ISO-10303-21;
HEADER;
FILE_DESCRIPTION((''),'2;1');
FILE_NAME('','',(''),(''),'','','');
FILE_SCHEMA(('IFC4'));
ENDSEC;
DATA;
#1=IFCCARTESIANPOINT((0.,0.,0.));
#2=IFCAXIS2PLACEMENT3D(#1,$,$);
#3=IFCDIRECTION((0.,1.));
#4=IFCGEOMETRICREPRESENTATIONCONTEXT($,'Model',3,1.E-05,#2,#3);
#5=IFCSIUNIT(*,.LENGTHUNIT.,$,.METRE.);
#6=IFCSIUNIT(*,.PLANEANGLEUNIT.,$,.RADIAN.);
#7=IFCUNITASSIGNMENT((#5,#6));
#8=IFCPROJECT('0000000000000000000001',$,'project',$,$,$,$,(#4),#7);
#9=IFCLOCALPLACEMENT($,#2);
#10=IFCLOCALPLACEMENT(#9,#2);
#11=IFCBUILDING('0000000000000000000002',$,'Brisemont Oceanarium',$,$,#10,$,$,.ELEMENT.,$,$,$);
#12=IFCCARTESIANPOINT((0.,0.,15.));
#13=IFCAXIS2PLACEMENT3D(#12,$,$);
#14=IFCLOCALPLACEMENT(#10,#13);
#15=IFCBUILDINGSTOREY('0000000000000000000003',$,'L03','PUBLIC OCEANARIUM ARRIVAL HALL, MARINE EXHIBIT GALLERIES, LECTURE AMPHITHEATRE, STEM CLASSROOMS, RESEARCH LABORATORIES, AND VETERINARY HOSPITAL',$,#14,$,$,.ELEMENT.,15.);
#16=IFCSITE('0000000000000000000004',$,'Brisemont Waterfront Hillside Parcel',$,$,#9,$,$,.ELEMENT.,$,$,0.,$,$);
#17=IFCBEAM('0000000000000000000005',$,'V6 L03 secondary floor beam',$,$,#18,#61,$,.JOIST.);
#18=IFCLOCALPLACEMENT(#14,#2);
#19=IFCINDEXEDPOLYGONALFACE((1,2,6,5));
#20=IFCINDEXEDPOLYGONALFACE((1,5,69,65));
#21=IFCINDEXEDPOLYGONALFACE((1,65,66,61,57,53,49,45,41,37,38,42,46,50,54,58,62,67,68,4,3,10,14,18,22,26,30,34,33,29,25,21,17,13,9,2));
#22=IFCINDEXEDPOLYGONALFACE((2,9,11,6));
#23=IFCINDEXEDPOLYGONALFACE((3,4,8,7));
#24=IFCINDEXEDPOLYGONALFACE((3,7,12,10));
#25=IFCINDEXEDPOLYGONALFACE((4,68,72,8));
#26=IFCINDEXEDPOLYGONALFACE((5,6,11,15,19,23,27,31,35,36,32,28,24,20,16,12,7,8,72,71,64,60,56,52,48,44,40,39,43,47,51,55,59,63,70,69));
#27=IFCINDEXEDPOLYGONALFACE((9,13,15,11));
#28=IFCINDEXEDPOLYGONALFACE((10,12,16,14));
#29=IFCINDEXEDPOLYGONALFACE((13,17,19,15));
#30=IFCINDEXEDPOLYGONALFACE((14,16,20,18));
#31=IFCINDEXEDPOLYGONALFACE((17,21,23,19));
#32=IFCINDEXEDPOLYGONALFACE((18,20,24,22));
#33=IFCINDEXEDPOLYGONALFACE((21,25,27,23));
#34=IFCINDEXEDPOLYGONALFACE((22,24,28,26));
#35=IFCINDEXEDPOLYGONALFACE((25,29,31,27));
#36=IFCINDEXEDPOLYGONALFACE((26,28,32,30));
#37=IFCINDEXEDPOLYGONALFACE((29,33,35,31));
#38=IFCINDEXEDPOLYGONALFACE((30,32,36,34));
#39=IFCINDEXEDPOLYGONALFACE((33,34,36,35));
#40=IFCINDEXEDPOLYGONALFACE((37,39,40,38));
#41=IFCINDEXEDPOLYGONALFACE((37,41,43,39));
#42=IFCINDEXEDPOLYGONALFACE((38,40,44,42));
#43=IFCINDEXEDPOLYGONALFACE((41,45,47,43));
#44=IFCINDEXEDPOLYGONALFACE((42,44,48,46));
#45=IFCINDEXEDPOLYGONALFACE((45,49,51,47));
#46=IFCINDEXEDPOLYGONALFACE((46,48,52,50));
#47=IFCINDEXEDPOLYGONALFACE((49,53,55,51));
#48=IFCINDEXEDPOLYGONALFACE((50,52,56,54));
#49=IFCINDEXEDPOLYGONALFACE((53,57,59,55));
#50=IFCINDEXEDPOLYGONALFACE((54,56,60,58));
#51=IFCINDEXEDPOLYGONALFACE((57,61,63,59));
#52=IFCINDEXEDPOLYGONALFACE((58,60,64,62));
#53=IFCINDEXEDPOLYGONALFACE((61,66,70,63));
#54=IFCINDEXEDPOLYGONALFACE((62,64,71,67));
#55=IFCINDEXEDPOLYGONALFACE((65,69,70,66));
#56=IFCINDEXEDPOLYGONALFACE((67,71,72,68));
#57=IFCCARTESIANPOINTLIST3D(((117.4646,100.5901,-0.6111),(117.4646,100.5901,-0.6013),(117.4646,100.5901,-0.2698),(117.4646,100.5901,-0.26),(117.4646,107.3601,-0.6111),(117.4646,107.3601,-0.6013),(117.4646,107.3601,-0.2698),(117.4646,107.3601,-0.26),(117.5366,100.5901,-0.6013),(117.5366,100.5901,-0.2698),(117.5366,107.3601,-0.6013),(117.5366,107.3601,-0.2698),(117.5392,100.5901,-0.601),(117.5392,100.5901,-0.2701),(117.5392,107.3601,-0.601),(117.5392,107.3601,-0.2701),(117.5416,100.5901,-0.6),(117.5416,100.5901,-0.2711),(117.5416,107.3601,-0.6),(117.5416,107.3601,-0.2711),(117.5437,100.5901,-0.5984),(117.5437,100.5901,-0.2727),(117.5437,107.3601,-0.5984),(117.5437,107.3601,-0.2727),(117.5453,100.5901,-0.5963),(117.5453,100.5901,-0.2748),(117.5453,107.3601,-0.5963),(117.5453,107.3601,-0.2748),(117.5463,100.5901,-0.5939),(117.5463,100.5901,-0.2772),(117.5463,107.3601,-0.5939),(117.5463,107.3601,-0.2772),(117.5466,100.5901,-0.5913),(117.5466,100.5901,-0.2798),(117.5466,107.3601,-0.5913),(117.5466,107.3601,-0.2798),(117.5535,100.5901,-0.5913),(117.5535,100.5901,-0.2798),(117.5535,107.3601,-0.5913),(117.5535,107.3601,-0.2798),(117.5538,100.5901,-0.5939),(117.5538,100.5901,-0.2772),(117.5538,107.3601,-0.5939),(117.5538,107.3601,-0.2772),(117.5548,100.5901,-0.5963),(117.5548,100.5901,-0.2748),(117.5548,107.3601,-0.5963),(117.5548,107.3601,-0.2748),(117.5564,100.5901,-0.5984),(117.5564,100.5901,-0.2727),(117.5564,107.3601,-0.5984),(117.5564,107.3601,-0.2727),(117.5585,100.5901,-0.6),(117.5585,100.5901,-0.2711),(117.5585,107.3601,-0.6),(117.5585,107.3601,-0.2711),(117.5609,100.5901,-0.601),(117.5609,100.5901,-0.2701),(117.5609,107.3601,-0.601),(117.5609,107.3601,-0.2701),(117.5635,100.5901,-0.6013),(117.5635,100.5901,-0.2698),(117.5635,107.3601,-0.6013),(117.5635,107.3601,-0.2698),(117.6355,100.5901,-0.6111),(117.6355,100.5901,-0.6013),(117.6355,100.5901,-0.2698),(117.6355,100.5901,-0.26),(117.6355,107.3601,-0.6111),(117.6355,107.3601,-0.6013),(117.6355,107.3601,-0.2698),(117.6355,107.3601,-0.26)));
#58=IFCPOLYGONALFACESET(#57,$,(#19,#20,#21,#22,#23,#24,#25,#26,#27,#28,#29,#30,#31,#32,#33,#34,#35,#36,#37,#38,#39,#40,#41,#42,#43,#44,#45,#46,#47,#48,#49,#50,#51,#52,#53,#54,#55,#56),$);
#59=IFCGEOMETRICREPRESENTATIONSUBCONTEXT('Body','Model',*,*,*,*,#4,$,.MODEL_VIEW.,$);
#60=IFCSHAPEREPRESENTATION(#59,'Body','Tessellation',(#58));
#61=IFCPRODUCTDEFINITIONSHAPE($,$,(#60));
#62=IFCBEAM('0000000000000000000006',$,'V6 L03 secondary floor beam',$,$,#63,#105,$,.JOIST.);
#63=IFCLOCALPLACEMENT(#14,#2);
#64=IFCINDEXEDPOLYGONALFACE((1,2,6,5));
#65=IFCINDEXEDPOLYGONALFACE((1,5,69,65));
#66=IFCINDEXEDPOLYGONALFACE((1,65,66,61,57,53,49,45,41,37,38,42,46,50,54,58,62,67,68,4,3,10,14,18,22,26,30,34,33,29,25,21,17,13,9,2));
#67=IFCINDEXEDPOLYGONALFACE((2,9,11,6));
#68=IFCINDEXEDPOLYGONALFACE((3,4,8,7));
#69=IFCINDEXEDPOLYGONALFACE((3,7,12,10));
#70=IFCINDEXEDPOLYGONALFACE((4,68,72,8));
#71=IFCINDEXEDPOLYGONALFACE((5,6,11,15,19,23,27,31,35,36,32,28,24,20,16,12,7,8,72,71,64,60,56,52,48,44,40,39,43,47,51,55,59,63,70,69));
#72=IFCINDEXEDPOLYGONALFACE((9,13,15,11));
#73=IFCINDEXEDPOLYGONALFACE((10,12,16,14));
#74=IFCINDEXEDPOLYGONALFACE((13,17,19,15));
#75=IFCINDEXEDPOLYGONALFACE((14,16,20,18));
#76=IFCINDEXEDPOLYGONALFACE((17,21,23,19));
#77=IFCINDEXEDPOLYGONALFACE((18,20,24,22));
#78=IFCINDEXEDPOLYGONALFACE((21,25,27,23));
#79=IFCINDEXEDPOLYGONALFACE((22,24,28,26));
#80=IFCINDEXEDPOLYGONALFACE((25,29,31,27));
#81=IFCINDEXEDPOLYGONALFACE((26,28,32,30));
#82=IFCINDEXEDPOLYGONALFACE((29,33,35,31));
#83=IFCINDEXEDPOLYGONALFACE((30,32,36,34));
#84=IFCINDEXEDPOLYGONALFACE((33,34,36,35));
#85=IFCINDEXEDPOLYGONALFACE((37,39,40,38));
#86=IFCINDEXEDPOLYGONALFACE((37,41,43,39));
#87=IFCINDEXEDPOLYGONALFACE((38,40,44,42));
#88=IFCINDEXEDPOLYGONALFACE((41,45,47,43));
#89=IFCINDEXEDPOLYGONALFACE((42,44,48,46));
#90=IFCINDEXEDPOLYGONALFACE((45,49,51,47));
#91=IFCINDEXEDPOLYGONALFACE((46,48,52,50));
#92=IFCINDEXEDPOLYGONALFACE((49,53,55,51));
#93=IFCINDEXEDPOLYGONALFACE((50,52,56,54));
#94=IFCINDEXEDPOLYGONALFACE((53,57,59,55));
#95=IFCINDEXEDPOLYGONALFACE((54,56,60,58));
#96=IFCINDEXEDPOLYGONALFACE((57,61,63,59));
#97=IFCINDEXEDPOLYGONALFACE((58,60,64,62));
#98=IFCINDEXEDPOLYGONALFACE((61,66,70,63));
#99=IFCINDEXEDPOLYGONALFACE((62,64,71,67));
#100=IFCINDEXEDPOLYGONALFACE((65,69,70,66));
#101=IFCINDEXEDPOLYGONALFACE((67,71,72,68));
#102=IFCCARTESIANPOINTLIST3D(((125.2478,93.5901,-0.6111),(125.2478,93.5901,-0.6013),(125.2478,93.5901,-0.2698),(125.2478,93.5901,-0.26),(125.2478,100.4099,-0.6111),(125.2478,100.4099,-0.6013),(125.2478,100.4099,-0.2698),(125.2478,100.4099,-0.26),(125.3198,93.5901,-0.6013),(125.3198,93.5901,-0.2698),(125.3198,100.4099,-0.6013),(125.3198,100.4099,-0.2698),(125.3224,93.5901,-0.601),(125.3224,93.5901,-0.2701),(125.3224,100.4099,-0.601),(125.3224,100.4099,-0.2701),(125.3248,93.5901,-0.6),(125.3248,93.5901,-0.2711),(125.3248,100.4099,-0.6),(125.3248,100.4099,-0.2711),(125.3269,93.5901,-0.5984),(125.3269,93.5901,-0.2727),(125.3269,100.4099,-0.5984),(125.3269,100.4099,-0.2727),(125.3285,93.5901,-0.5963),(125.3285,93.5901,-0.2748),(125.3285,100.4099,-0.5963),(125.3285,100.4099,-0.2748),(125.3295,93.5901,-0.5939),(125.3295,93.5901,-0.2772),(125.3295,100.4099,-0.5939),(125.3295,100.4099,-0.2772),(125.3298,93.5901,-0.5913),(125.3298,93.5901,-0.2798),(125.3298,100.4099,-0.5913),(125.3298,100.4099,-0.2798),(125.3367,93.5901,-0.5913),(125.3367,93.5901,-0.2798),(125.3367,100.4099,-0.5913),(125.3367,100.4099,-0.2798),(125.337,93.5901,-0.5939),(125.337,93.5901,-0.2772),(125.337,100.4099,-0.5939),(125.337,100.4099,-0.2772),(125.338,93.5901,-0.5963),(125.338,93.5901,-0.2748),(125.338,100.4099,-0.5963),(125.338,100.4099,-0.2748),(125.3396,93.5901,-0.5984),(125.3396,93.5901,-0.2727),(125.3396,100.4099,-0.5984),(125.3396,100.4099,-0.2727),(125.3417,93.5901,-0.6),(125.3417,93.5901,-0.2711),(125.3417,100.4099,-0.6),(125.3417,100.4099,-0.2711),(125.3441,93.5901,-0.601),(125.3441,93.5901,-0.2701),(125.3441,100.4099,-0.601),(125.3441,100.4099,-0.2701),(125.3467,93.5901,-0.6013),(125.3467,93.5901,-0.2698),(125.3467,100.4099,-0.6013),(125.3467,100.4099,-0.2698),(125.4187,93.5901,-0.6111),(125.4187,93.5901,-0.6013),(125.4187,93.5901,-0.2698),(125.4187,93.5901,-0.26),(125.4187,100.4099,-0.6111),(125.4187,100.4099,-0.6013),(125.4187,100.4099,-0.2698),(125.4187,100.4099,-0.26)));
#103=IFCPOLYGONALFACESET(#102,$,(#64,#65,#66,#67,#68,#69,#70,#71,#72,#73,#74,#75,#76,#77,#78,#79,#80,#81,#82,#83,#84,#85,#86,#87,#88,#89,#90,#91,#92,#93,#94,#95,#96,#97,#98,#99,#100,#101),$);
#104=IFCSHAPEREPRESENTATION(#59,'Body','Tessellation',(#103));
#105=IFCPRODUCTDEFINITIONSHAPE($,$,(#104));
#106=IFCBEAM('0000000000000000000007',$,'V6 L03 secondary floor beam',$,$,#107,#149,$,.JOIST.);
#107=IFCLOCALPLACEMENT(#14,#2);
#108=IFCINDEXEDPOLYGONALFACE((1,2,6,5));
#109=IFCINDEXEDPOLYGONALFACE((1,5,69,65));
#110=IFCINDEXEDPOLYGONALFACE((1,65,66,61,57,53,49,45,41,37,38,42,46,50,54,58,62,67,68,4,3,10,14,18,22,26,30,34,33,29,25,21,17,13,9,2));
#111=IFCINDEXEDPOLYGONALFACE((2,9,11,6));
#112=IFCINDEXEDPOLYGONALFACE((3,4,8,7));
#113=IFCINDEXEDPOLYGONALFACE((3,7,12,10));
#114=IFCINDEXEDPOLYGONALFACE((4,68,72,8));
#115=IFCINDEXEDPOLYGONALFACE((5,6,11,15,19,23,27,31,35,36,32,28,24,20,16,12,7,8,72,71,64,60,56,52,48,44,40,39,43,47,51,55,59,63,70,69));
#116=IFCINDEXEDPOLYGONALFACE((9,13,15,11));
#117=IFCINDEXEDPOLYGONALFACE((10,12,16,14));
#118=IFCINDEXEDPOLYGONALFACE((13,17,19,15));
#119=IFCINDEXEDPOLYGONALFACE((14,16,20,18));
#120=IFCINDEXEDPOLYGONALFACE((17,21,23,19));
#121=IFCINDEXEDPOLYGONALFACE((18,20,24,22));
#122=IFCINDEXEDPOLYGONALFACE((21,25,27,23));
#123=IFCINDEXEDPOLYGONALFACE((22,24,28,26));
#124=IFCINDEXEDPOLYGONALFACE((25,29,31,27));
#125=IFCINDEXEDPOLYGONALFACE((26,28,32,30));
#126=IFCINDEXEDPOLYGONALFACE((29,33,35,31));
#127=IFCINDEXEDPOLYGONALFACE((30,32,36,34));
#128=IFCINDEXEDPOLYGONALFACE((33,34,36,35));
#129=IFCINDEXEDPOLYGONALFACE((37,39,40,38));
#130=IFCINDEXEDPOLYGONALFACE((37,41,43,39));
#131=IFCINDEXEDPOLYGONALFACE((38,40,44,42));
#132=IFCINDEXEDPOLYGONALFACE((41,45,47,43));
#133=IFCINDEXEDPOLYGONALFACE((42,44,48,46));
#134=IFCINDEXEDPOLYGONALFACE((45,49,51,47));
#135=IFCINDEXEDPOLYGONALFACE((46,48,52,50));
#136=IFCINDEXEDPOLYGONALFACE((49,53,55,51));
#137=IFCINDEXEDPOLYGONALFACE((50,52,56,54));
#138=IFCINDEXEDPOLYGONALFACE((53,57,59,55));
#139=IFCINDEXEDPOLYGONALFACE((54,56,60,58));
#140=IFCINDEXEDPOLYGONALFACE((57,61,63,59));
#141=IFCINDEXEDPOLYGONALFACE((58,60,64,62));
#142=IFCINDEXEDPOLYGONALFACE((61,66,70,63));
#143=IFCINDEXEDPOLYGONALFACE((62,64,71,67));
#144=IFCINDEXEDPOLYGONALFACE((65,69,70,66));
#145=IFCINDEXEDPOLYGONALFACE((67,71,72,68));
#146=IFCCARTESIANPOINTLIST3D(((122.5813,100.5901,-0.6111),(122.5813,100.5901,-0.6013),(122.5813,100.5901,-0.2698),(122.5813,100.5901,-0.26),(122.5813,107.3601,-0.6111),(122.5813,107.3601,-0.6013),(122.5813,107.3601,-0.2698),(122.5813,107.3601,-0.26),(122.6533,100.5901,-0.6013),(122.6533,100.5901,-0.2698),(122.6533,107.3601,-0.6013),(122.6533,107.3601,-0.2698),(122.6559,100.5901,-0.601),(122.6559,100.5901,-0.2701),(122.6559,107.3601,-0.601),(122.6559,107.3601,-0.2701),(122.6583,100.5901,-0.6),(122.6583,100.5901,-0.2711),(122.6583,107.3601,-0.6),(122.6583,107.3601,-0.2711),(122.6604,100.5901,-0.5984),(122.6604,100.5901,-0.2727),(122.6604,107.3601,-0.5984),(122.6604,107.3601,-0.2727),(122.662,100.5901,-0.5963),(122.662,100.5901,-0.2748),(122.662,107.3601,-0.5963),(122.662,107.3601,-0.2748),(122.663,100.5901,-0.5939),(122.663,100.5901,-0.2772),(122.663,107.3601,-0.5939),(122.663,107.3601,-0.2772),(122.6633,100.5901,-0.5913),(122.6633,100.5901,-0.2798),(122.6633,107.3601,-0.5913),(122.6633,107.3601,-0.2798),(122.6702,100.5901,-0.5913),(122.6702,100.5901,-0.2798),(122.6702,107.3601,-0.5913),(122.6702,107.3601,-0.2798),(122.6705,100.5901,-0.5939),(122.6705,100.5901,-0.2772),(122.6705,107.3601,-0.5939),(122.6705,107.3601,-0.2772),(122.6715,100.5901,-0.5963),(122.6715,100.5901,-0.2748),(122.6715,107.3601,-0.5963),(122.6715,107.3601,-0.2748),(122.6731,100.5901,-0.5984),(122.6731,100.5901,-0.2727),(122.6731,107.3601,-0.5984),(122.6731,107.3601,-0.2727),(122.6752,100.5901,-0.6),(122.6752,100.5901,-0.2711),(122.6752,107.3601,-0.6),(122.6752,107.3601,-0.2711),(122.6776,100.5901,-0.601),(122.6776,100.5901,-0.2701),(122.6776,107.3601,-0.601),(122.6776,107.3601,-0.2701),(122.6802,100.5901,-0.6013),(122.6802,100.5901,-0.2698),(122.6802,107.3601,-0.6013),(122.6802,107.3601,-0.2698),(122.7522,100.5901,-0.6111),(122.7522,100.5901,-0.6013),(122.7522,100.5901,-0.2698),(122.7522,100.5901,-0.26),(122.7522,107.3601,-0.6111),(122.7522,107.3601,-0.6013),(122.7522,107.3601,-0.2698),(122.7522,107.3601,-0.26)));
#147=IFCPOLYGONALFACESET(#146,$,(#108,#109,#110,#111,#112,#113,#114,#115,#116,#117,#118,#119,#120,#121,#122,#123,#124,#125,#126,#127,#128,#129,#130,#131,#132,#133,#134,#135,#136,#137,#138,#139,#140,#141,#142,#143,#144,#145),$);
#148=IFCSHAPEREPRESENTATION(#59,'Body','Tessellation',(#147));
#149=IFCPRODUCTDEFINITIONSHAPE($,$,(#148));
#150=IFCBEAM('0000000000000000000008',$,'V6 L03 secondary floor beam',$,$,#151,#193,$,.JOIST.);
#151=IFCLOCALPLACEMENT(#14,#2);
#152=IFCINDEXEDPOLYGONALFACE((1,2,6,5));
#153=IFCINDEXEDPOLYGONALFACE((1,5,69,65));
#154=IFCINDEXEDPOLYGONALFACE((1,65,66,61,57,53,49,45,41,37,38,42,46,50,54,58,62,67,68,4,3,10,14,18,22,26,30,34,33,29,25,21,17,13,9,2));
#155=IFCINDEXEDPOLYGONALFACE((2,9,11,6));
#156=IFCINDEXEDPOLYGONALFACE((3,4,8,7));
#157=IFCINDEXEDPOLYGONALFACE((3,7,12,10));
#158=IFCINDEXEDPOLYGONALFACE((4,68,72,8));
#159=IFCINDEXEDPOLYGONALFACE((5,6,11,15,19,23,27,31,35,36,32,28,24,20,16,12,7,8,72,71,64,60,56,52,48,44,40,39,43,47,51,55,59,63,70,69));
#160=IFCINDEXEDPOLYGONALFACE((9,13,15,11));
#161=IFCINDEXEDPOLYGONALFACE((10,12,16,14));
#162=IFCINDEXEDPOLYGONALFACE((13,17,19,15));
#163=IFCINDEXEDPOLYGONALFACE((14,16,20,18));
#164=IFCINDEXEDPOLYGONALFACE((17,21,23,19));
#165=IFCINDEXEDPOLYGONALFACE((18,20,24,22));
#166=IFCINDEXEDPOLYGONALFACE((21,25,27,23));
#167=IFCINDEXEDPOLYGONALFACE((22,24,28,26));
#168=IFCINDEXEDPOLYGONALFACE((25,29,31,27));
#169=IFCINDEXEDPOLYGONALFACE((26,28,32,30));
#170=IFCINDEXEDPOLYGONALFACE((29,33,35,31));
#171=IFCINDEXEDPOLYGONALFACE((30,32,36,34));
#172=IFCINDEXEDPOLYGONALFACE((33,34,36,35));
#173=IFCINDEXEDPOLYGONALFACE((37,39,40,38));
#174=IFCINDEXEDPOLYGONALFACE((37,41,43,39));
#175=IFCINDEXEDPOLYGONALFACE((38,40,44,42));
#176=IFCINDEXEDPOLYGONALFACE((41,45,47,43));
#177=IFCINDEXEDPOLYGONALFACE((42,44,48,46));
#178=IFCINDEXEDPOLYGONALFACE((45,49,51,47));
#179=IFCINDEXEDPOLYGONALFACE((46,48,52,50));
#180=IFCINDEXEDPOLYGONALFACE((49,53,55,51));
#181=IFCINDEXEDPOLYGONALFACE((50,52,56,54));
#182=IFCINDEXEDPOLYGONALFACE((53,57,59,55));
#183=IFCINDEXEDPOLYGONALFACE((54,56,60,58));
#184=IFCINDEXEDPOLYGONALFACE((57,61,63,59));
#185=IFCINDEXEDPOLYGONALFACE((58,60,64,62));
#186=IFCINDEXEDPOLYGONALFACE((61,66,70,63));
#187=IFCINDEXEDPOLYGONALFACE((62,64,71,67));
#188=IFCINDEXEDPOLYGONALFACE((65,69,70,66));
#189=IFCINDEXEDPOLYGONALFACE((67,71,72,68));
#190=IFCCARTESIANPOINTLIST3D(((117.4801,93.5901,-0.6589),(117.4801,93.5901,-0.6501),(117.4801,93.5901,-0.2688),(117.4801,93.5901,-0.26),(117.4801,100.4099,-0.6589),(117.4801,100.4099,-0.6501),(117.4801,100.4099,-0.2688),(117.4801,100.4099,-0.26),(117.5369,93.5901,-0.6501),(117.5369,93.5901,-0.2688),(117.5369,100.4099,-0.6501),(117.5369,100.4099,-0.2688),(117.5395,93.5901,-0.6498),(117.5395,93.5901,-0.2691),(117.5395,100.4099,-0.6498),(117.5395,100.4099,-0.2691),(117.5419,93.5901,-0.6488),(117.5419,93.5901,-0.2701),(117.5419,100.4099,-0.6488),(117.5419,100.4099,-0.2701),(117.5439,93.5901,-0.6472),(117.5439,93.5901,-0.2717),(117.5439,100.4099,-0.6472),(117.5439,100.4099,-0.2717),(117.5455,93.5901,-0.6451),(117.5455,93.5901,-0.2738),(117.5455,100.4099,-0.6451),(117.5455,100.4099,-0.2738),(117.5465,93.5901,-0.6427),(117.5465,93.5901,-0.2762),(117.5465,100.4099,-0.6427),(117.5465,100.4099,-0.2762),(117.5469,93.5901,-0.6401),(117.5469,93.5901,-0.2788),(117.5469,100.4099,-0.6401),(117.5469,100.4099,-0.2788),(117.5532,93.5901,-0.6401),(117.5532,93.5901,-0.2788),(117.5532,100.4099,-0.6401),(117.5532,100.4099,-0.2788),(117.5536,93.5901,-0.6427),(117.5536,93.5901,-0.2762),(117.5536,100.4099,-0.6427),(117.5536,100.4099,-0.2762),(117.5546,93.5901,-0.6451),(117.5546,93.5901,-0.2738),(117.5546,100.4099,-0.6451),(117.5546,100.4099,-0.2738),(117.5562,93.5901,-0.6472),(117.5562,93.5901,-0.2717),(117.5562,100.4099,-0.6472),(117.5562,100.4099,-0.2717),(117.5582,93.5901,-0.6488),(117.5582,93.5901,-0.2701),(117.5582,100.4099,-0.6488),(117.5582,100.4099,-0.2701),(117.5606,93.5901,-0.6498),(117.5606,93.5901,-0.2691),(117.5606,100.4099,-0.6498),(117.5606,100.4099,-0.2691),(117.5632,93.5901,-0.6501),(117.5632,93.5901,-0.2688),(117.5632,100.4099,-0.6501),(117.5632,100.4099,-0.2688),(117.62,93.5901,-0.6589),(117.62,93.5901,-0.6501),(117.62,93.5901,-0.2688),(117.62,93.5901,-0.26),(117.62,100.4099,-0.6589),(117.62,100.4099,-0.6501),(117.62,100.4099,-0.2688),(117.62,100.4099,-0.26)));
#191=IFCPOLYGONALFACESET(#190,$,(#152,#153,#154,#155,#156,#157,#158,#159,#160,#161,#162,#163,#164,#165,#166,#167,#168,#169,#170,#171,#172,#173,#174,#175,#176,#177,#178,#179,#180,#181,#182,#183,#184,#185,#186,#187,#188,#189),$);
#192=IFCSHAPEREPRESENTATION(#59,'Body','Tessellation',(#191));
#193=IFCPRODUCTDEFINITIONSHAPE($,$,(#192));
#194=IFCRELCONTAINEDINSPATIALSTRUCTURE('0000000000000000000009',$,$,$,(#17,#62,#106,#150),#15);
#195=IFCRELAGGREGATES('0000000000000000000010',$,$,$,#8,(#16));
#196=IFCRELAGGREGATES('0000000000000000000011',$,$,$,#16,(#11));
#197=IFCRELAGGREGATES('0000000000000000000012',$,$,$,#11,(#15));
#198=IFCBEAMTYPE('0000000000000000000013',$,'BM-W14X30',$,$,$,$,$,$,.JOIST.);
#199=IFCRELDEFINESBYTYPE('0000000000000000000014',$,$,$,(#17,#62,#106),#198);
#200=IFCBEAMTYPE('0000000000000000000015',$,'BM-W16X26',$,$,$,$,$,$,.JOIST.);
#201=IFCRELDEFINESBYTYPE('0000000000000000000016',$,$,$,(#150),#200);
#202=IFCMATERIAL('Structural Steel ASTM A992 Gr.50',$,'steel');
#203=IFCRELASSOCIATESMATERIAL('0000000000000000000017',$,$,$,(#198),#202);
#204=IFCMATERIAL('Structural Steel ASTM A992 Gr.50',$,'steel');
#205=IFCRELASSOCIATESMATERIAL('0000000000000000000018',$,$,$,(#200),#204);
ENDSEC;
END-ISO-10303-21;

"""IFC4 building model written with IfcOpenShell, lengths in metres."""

from ifc_helpers import new_model, si_unit, direction, frame, origin, origin_2d, place, context, subcontext, project, spatial, i_section, extrude, material, material_profile, profile_set, type_object, element, save


model = new_model("IFC4")

# Units and contexts
model_context = context("Model", 3, precision=1e-05, world=origin(), true_north=direction((0.0, 1.0)))
body_context = subcontext(model_context, "Body", "Model", "MODEL_VIEW")
ifc_project = project(units=[si_unit("LENGTHUNIT", "METRE"), si_unit("PLANEANGLEUNIT", "RADIAN")], contexts=[model_context])

# Site, building, storey
site_placement = place(None, origin())
site = spatial("IfcSite", under=ifc_project, at=site_placement, Name="Brisemont Waterfront Hillside Parcel", CompositionType="ELEMENT", RefElevation=0.0)
building_placement = place(site_placement, origin())
building = spatial("IfcBuilding", under=site, at=building_placement, Name="Brisemont Oceanarium", CompositionType="ELEMENT")
storey_placement = place(building_placement, frame((0.0, 0.0, 15.0)))
storey = spatial("IfcBuildingStorey", under=building, at=storey_placement, Name="L03", Description="PUBLIC OCEANARIUM ARRIVAL HALL, MARINE EXHIBIT GALLERIES, LECTURE AMPHITHEATRE, STEM CLASSROOMS, RESEARCH LABORATORIES, AND VETERINARY HOSPITAL", CompositionType="ELEMENT", Elevation=15.0)

# Beams
ifc_material_1 = material(Name="Structural Steel ASTM A992 Gr.50", Category="steel")
ifc_material_profile_1 = material_profile(ifc_material_1, i_section(OverallWidth=0.1709, OverallDepth=0.3511, WebThickness=0.0068, FlangeThickness=0.0098, FilletRadius=0.01, at=origin_2d()), Name="W14X30")
ifc_profile_set_1 = profile_set([ifc_material_profile_1], Name="Structural Steel ASTM A992 Gr.50")
beam_type_1 = type_object("IfcBeamType", Name="BM-W14X30", PredefinedType="JOIST", material=ifc_profile_set_1)
beam_1_placement = place(storey_placement, frame((117.55, 100.5901, -0.4355), z_axis=(0.0, 1.0, 0.0), x_axis=(-1.0, 0.0, 0.0)))
element("IfcBeam", 1, at=beam_1_placement, inside=storey, type_object=beam_type_1, Name="V6 L03 secondary floor beam", PredefinedType="JOIST", context=body_context, shape_type="SweptSolid", body=[
    extrude(i_section(OverallWidth=0.1709, OverallDepth=0.3511, WebThickness=0.0068, FlangeThickness=0.0098, FilletRadius=0.01, at=origin_2d()), origin(), (0.0, 0.0, 1.0), 6.77),
])
beam_2_placement = place(storey_placement, frame((125.3333, 93.5901, -0.4355), z_axis=(0.0, 1.0, 0.0), x_axis=(-1.0, 0.0, 0.0)))
element("IfcBeam", 2, at=beam_2_placement, inside=storey, type_object=beam_type_1, Name="V6 L03 secondary floor beam", PredefinedType="JOIST", context=body_context, shape_type="SweptSolid", body=[
    extrude(i_section(OverallWidth=0.1709, OverallDepth=0.3511, WebThickness=0.0068, FlangeThickness=0.0098, FilletRadius=0.01, at=origin_2d()), origin(), (0.0, 0.0, 1.0), 6.8198),
])
beam_3_placement = place(storey_placement, frame((122.6667, 100.5901, -0.4355), z_axis=(0.0, 1.0, 0.0), x_axis=(-1.0, 0.0, 0.0)))
element("IfcBeam", 3, at=beam_3_placement, inside=storey, type_object=beam_type_1, Name="V6 L03 secondary floor beam", PredefinedType="JOIST", context=body_context, shape_type="SweptSolid", body=[
    extrude(i_section(OverallWidth=0.1709, OverallDepth=0.3511, WebThickness=0.0068, FlangeThickness=0.0098, FilletRadius=0.01, at=origin_2d()), origin(), (0.0, 0.0, 1.0), 6.77),
])
ifc_material_2 = material(Name="Structural Steel ASTM A992 Gr.50", Category="steel")
ifc_material_profile_2 = material_profile(ifc_material_2, i_section(OverallWidth=0.1399, OverallDepth=0.3989, WebThickness=0.0063, FlangeThickness=0.0088, FilletRadius=0.01, at=origin_2d()), Name="W16X26")
ifc_profile_set_2 = profile_set([ifc_material_profile_2], Name="Structural Steel ASTM A992 Gr.50")
beam_type_2 = type_object("IfcBeamType", Name="BM-W16X26", PredefinedType="JOIST", material=ifc_profile_set_2)
beam_4_placement = place(storey_placement, frame((117.55, 93.5901, -0.4595), z_axis=(0.0, 1.0, 0.0), x_axis=(-1.0, 0.0, 0.0)))
element("IfcBeam", 4, at=beam_4_placement, inside=storey, type_object=beam_type_2, Name="V6 L03 secondary floor beam", PredefinedType="JOIST", context=body_context, shape_type="SweptSolid", body=[
    extrude(i_section(OverallWidth=0.1399, OverallDepth=0.3989, WebThickness=0.0063, FlangeThickness=0.0088, FilletRadius=0.01, at=origin_2d()), origin(), (0.0, 0.0, 1.0), 6.8198),
])

save(model, "model.ifc")
